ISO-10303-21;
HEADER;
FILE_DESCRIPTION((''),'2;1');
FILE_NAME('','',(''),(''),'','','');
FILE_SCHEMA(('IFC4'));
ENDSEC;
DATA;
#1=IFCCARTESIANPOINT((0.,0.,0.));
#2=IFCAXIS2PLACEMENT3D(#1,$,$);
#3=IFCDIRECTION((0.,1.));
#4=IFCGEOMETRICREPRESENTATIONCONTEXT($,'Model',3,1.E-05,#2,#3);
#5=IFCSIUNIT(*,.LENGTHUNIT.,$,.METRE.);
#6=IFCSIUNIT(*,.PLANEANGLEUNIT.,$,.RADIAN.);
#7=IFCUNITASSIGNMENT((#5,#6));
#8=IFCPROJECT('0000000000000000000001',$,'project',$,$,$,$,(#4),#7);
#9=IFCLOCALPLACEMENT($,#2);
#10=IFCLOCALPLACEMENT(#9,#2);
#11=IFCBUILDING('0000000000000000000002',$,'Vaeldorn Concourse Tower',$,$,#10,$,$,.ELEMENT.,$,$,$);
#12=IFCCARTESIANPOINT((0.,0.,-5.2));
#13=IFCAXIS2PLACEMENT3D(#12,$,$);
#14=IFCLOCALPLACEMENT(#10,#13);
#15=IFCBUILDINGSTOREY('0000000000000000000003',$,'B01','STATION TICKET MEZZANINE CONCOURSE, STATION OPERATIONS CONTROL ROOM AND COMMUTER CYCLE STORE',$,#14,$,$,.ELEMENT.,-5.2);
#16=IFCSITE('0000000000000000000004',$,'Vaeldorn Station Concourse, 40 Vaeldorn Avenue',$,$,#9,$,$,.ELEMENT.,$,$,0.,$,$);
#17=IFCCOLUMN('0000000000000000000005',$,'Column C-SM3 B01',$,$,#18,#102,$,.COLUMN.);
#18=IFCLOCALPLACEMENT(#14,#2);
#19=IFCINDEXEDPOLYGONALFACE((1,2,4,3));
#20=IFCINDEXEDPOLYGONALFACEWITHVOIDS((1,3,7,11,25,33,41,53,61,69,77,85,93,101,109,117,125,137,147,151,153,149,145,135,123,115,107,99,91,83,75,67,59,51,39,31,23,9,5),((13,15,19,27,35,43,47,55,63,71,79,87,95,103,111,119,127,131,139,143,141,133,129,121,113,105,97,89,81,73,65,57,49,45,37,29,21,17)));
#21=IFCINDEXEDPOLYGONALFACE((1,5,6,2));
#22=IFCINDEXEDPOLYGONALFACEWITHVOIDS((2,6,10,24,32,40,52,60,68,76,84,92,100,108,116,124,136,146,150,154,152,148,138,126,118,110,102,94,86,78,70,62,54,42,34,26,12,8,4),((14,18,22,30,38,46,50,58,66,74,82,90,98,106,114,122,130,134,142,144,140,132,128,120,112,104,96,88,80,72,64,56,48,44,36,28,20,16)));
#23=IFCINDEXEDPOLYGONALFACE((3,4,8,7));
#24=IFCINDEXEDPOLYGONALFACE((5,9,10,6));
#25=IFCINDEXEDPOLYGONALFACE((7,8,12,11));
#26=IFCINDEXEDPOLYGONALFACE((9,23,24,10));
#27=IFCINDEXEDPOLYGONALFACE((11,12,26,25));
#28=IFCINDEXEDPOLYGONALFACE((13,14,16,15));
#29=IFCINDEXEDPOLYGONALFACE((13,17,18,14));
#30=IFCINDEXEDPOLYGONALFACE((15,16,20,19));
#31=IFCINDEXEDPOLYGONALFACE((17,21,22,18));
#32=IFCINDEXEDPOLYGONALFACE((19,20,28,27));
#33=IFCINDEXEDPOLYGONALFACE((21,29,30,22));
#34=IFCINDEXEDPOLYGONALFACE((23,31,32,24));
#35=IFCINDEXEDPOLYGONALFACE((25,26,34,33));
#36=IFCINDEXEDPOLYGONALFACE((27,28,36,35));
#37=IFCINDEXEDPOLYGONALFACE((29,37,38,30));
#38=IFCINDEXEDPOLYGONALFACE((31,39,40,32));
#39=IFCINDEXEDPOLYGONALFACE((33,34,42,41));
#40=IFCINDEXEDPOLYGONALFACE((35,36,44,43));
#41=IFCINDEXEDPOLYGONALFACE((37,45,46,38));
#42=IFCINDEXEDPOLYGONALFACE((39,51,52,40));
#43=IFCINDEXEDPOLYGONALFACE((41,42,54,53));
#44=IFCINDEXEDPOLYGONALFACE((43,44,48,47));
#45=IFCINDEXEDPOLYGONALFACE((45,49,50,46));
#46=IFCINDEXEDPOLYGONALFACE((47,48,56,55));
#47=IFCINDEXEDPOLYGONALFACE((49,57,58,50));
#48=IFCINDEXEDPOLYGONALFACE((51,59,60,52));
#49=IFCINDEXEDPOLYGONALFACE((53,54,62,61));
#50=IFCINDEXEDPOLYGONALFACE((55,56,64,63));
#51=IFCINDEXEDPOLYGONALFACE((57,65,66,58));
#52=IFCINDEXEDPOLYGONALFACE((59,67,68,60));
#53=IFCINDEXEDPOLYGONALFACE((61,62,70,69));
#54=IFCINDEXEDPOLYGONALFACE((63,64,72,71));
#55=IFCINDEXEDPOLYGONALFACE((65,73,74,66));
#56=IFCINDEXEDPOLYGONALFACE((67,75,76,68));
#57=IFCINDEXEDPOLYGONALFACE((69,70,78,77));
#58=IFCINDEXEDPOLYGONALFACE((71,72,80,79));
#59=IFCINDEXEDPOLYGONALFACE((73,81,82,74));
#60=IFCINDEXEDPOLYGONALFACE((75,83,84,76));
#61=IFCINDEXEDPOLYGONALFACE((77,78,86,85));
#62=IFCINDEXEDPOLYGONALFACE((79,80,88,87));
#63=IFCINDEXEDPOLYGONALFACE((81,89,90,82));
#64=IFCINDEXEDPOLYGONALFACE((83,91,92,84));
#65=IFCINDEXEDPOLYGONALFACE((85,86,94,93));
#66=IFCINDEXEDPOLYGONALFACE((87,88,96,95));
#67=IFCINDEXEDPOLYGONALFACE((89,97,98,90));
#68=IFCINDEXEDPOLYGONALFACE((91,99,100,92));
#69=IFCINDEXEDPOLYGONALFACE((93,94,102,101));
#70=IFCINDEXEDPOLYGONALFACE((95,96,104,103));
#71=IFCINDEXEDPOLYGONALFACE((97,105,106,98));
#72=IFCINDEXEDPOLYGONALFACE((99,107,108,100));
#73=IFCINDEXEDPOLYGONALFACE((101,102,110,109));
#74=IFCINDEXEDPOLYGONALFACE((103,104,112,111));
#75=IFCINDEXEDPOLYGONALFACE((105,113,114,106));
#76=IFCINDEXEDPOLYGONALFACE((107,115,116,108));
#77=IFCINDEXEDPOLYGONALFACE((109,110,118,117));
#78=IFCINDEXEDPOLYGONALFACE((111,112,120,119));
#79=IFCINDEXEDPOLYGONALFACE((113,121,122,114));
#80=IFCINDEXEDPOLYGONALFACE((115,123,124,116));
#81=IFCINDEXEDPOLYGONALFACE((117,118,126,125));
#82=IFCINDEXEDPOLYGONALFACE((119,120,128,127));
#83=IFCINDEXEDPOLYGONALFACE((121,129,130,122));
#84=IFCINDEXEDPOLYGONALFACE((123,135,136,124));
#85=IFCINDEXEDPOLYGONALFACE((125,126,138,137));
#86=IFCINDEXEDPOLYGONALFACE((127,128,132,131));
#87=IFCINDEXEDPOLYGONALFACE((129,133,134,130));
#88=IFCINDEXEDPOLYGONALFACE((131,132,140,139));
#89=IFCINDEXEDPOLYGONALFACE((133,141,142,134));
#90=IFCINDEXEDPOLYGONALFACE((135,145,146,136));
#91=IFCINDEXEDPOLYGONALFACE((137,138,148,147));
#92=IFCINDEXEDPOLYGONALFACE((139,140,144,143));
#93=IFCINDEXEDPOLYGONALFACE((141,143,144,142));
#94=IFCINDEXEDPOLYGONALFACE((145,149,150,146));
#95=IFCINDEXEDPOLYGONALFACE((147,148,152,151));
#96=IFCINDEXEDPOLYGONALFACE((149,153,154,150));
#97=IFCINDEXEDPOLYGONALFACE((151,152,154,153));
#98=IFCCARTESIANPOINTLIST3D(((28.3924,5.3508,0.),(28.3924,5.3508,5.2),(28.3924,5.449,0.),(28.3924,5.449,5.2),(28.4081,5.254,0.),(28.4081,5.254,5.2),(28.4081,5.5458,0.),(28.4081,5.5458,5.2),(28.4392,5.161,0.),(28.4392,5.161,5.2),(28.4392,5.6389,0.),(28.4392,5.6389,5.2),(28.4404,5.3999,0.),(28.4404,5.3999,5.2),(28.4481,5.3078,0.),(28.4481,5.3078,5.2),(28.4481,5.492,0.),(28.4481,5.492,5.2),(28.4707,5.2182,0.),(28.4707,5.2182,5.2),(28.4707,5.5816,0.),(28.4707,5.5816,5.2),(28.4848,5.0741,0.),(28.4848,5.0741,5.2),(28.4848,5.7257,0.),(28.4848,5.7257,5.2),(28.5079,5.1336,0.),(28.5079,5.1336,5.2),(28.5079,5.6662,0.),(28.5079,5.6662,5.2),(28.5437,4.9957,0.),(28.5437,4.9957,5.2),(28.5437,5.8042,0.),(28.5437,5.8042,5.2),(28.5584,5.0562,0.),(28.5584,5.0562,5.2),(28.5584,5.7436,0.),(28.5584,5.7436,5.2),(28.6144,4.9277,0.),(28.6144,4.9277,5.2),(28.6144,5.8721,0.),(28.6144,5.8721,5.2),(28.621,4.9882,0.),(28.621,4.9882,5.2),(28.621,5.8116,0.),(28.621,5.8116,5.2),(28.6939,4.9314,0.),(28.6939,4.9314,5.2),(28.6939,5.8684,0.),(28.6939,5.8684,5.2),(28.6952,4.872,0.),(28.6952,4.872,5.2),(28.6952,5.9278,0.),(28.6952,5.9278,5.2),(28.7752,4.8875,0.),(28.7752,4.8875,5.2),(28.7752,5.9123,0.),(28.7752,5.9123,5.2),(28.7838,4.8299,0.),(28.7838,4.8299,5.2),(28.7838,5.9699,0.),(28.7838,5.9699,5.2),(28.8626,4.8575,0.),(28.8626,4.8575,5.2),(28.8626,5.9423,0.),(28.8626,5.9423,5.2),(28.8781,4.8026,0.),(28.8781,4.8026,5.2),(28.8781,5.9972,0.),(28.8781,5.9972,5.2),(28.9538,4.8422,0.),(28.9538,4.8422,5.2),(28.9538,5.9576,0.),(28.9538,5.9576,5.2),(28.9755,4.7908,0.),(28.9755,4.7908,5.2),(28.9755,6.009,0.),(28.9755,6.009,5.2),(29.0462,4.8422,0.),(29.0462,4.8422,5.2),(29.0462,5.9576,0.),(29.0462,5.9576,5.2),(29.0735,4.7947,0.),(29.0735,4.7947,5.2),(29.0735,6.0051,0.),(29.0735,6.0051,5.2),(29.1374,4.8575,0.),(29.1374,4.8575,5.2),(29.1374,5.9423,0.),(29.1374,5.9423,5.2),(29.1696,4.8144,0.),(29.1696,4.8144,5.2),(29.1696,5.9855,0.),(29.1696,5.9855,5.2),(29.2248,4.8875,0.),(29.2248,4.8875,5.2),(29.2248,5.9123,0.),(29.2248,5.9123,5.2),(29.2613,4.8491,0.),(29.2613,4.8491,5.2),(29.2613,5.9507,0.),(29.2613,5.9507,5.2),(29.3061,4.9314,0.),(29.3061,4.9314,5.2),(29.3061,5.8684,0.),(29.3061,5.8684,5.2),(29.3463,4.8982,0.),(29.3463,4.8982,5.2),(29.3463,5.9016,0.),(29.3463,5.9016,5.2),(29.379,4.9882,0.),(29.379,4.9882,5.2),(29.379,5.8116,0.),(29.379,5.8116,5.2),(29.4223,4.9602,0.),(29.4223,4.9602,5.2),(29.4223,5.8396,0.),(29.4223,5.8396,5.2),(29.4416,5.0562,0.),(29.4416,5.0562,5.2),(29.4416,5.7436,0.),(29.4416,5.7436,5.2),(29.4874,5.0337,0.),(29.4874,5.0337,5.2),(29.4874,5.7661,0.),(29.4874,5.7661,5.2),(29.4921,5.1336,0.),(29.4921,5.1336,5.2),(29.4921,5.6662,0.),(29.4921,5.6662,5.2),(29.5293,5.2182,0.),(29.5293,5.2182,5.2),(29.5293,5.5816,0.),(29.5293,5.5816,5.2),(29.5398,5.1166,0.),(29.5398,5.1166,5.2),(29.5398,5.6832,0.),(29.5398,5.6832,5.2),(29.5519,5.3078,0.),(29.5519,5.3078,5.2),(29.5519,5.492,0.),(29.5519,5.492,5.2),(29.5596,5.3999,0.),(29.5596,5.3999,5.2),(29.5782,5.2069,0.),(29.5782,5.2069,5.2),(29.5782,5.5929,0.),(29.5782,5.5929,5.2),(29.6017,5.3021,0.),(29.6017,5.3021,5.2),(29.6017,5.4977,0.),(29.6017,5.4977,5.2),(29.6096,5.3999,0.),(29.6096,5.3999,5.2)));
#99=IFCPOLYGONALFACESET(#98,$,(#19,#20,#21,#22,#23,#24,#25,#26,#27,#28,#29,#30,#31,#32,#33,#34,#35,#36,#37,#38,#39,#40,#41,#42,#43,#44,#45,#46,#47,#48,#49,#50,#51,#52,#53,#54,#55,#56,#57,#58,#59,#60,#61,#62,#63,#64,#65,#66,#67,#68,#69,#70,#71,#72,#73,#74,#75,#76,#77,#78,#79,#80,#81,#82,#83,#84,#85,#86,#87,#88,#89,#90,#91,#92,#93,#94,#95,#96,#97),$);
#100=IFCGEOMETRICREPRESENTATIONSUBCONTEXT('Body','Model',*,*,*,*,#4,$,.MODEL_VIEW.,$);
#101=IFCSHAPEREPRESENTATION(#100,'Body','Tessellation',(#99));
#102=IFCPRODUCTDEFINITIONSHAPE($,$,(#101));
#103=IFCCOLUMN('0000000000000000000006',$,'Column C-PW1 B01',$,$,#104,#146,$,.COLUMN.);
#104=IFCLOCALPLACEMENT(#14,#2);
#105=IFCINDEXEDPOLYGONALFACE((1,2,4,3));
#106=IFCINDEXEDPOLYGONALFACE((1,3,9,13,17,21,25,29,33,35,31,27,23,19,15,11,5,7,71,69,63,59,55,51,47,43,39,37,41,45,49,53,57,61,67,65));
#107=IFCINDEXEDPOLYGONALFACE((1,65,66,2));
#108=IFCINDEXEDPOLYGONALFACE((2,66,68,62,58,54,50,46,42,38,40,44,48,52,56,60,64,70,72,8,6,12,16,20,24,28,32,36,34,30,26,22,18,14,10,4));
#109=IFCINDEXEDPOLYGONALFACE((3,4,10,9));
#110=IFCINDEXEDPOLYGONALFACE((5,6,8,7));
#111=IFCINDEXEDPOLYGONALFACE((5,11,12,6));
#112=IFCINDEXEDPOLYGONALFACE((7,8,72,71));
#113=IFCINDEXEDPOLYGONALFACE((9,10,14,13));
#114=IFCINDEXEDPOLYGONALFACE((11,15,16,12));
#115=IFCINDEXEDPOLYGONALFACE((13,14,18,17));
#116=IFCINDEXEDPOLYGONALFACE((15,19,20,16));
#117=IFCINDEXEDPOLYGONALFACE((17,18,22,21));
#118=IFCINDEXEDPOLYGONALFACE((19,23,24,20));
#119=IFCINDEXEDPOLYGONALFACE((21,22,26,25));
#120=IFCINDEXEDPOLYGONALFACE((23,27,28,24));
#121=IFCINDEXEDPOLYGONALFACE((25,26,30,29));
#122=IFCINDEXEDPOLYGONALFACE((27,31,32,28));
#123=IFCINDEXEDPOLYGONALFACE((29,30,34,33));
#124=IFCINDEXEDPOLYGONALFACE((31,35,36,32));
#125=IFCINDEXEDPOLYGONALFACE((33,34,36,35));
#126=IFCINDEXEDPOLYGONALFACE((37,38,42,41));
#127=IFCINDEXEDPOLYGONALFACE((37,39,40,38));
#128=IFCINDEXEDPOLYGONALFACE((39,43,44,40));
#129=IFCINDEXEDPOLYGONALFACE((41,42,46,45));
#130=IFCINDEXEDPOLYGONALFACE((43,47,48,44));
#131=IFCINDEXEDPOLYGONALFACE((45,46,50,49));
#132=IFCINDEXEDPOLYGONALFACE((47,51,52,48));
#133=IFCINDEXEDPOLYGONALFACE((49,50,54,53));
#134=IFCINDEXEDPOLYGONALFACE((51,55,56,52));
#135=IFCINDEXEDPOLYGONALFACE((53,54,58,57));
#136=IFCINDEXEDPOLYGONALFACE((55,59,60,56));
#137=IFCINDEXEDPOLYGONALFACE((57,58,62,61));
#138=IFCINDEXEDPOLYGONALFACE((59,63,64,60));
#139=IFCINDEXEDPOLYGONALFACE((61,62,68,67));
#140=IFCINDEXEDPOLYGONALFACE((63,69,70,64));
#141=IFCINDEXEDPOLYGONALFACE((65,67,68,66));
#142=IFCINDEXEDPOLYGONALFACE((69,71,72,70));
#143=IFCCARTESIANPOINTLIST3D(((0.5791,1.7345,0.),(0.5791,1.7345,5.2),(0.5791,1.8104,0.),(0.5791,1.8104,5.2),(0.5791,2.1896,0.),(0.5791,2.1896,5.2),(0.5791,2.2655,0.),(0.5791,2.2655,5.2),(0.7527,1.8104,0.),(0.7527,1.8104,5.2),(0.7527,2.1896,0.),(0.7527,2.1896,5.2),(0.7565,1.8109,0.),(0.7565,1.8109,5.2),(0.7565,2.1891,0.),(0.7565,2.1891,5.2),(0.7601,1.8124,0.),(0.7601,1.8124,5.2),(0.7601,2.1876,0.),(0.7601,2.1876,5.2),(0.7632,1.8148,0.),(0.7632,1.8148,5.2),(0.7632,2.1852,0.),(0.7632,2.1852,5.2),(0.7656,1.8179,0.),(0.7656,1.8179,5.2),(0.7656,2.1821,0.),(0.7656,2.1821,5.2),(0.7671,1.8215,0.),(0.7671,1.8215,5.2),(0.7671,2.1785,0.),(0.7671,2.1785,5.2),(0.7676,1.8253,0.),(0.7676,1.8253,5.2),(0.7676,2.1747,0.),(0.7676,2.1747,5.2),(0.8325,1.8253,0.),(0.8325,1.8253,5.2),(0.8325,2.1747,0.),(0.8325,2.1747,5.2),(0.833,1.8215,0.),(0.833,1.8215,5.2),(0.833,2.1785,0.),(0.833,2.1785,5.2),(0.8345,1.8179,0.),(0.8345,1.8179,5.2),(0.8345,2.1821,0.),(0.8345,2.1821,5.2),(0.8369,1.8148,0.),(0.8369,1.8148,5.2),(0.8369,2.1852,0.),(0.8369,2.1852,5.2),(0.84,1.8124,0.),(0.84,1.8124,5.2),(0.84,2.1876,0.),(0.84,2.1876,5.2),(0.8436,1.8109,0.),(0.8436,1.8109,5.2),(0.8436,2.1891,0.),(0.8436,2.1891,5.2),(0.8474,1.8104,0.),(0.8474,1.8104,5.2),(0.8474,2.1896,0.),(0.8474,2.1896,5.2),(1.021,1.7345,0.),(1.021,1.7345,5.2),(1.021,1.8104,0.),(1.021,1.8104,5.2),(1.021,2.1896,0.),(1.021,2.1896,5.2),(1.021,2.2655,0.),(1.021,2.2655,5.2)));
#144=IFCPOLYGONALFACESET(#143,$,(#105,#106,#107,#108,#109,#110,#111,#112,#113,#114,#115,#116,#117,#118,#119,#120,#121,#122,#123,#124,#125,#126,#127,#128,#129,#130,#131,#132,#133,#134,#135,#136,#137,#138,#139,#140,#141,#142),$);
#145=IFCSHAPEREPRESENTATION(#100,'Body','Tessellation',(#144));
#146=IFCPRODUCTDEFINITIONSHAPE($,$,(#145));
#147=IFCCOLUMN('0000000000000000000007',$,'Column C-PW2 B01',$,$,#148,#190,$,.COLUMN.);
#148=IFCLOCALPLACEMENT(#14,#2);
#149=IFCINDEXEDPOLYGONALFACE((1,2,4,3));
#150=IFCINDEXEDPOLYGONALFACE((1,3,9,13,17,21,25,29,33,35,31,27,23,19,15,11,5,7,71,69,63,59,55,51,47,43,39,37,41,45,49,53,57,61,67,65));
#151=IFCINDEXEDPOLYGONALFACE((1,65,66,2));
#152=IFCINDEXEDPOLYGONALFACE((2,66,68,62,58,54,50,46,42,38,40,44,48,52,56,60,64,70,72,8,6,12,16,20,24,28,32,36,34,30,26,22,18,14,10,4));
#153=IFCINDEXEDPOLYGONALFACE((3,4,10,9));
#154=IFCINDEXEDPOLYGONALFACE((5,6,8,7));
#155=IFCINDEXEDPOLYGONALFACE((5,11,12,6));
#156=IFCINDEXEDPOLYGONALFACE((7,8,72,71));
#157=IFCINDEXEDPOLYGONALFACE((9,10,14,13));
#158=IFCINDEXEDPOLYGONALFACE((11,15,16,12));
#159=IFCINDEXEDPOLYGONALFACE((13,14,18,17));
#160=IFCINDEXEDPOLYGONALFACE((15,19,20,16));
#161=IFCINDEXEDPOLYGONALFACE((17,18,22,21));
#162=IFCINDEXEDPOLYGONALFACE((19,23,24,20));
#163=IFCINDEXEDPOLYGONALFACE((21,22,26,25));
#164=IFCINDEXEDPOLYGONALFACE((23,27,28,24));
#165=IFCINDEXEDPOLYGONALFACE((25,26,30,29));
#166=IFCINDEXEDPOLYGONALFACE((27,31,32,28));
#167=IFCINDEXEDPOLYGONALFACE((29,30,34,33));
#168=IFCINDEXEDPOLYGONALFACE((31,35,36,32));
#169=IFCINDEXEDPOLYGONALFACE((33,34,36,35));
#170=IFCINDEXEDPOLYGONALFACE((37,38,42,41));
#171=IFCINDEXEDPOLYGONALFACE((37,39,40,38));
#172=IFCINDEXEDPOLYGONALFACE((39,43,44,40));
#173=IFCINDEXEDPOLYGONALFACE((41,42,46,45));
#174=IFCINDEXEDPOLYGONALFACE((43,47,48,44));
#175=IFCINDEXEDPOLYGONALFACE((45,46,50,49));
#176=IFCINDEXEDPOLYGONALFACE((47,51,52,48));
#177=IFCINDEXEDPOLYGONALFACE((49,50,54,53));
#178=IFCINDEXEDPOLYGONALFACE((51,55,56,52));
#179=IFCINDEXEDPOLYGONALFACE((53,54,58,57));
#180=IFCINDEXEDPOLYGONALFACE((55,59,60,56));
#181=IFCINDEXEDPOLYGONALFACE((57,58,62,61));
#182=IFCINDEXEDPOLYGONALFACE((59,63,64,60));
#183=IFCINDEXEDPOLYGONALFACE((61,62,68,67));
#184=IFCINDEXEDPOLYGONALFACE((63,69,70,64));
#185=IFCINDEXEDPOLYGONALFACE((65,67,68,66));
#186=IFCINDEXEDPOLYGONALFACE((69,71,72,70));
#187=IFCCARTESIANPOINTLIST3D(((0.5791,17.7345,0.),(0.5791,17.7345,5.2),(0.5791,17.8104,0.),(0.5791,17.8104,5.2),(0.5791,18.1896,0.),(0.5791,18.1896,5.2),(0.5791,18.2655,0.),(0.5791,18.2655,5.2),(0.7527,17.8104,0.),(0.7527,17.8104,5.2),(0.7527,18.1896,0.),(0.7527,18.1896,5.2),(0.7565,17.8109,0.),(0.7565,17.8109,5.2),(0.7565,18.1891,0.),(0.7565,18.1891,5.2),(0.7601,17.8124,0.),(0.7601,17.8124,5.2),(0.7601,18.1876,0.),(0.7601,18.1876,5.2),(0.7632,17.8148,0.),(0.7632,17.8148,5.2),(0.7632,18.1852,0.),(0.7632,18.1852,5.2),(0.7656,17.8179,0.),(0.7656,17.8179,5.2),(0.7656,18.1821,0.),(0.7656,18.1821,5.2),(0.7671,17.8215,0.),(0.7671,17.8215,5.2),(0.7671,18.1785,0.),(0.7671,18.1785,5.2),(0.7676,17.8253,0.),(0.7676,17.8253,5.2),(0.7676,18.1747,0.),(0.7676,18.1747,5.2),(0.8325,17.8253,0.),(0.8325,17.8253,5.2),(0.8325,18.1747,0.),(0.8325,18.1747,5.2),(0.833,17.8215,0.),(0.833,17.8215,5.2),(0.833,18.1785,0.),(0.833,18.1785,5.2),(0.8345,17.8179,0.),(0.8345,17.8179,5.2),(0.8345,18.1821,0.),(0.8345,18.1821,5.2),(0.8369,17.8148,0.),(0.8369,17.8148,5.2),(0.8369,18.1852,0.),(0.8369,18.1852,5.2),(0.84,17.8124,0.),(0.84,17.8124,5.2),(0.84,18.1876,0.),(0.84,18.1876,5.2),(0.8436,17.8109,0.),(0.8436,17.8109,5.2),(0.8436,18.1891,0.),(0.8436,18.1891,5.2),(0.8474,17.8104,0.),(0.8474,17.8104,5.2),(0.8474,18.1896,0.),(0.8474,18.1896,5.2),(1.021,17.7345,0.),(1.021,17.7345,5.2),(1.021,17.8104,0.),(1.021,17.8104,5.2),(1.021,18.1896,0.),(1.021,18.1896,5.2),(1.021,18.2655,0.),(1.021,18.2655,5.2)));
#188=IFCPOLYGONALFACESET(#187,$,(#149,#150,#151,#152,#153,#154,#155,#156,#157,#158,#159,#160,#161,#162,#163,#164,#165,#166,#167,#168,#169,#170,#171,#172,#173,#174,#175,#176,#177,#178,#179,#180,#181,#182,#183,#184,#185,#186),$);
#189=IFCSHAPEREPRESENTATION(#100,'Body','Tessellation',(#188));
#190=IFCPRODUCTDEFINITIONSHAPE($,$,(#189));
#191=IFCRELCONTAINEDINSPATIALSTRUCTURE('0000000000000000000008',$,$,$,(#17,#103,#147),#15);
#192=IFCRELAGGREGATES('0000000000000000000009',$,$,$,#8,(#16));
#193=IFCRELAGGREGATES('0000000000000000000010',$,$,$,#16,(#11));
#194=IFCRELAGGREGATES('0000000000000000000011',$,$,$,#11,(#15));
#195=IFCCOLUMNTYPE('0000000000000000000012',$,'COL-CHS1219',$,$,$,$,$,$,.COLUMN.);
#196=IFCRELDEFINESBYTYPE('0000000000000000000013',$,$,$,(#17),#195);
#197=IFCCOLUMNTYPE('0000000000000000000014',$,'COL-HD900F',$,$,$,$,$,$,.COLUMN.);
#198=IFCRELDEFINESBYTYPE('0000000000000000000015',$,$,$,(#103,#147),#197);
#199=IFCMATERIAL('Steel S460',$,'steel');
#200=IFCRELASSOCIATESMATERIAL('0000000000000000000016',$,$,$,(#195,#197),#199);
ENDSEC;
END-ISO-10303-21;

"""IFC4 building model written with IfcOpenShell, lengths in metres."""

from ifc_helpers import new_model, si_unit, direction, frame, origin, origin_2d, place, context, subcontext, project, spatial, hollow_circle, i_section, extrude, source, transform, mapped, material, material_profile, profile_set, type_object, element, save


model = new_model("IFC4")

# Units and contexts
model_context = context("Model", 3, precision=1e-05, world=origin(), true_north=direction((0.0, 1.0)))
body_context = subcontext(model_context, "Body", "Model", "MODEL_VIEW")
ifc_project = project(units=[si_unit("LENGTHUNIT", "METRE"), si_unit("PLANEANGLEUNIT", "RADIAN")], contexts=[model_context])

# Site, building, storey
site_placement = place(None, origin())
site = spatial("IfcSite", under=ifc_project, at=site_placement, Name="Vaeldorn Station Concourse, 40 Vaeldorn Avenue", CompositionType="ELEMENT", RefElevation=0.0)
building_placement = place(site_placement, origin())
building = spatial("IfcBuilding", under=site, at=building_placement, Name="Vaeldorn Concourse Tower", CompositionType="ELEMENT")
storey_placement = place(building_placement, frame((0.0, 0.0, -5.2)))
storey = spatial("IfcBuildingStorey", under=building, at=storey_placement, Name="B01", Description="STATION TICKET MEZZANINE CONCOURSE, STATION OPERATIONS CONTROL ROOM AND COMMUTER CYCLE STORE", CompositionType="ELEMENT", Elevation=-5.2)

# Columns
ifc_material_1 = material(Name="Steel S460", Category="steel")
ifc_material_profile_1 = material_profile(ifc_material_1, hollow_circle(Radius=0.6096, WallThickness=0.05, at=origin_2d()), Name="CHS 1219x50")
ifc_profile_set_1 = profile_set([ifc_material_profile_1], Name="Steel S460")
column_type_1 = type_object("IfcColumnType", Name="COL-CHS1219", PredefinedType="COLUMN", material=ifc_profile_set_1)
shared_shape_1 = source(origin(), body_context, "Body", "SweptSolid", [
    extrude(hollow_circle(Radius=0.6096, WallThickness=0.05, at=origin_2d()), origin(), (0.0, 0.0, 1.0), 5.2),
])
for number, where, z_axis, x_axis, name in (
    (1, (29.0, 5.3999, 0.0), (0.0, 0.0, 1.0), (1.0, 0.0, 0.0), "Column C-SM3 B01"),
):
    element("IfcColumn", number, at=place(storey_placement, frame(where, z_axis=z_axis, x_axis=x_axis)), inside=storey, type_object=column_type_1, Name=name, PredefinedType="COLUMN", context=body_context, shape_type="MappedRepresentation", body=[
        mapped(shared_shape_1, transform((0.0, 0.0, 0.0), scale=1.0)),
    ])
ifc_material_profile_2 = material_profile(ifc_material_1, i_section(OverallWidth=0.4419, OverallDepth=0.531, WebThickness=0.0649, FlangeThickness=0.0759, FilletRadius=0.0149, at=origin_2d()), Name="HD 400x900")
ifc_profile_set_2 = profile_set([ifc_material_profile_2], Name="Steel S460")
column_type_2 = type_object("IfcColumnType", Name="COL-HD900F", PredefinedType="COLUMN", material=ifc_profile_set_2)
shared_shape_2 = source(origin(), body_context, "Body", "SweptSolid", [
    extrude(i_section(OverallWidth=0.4419, OverallDepth=0.531, WebThickness=0.0649, FlangeThickness=0.0759, FilletRadius=0.0149, at=origin_2d()), origin(), (0.0, 0.0, 1.0), 5.2),
])
for number, where, z_axis, x_axis, name in (
    (2, (0.8, 2.0, 0.0), (0.0, 0.0, 1.0), (1.0, 0.0, 0.0), "Column C-PW1 B01"),
    (3, (0.8, 18.0, 0.0), (0.0, 0.0, 1.0), (1.0, 0.0, 0.0), "Column C-PW2 B01"),
):
    element("IfcColumn", number, at=place(storey_placement, frame(where, z_axis=z_axis, x_axis=x_axis)), inside=storey, type_object=column_type_2, Name=name, PredefinedType="COLUMN", context=body_context, shape_type="MappedRepresentation", body=[
        mapped(shared_shape_2, transform((0.0, 0.0, 0.0), scale=1.0)),
    ])

save(model, "model.ifc")
